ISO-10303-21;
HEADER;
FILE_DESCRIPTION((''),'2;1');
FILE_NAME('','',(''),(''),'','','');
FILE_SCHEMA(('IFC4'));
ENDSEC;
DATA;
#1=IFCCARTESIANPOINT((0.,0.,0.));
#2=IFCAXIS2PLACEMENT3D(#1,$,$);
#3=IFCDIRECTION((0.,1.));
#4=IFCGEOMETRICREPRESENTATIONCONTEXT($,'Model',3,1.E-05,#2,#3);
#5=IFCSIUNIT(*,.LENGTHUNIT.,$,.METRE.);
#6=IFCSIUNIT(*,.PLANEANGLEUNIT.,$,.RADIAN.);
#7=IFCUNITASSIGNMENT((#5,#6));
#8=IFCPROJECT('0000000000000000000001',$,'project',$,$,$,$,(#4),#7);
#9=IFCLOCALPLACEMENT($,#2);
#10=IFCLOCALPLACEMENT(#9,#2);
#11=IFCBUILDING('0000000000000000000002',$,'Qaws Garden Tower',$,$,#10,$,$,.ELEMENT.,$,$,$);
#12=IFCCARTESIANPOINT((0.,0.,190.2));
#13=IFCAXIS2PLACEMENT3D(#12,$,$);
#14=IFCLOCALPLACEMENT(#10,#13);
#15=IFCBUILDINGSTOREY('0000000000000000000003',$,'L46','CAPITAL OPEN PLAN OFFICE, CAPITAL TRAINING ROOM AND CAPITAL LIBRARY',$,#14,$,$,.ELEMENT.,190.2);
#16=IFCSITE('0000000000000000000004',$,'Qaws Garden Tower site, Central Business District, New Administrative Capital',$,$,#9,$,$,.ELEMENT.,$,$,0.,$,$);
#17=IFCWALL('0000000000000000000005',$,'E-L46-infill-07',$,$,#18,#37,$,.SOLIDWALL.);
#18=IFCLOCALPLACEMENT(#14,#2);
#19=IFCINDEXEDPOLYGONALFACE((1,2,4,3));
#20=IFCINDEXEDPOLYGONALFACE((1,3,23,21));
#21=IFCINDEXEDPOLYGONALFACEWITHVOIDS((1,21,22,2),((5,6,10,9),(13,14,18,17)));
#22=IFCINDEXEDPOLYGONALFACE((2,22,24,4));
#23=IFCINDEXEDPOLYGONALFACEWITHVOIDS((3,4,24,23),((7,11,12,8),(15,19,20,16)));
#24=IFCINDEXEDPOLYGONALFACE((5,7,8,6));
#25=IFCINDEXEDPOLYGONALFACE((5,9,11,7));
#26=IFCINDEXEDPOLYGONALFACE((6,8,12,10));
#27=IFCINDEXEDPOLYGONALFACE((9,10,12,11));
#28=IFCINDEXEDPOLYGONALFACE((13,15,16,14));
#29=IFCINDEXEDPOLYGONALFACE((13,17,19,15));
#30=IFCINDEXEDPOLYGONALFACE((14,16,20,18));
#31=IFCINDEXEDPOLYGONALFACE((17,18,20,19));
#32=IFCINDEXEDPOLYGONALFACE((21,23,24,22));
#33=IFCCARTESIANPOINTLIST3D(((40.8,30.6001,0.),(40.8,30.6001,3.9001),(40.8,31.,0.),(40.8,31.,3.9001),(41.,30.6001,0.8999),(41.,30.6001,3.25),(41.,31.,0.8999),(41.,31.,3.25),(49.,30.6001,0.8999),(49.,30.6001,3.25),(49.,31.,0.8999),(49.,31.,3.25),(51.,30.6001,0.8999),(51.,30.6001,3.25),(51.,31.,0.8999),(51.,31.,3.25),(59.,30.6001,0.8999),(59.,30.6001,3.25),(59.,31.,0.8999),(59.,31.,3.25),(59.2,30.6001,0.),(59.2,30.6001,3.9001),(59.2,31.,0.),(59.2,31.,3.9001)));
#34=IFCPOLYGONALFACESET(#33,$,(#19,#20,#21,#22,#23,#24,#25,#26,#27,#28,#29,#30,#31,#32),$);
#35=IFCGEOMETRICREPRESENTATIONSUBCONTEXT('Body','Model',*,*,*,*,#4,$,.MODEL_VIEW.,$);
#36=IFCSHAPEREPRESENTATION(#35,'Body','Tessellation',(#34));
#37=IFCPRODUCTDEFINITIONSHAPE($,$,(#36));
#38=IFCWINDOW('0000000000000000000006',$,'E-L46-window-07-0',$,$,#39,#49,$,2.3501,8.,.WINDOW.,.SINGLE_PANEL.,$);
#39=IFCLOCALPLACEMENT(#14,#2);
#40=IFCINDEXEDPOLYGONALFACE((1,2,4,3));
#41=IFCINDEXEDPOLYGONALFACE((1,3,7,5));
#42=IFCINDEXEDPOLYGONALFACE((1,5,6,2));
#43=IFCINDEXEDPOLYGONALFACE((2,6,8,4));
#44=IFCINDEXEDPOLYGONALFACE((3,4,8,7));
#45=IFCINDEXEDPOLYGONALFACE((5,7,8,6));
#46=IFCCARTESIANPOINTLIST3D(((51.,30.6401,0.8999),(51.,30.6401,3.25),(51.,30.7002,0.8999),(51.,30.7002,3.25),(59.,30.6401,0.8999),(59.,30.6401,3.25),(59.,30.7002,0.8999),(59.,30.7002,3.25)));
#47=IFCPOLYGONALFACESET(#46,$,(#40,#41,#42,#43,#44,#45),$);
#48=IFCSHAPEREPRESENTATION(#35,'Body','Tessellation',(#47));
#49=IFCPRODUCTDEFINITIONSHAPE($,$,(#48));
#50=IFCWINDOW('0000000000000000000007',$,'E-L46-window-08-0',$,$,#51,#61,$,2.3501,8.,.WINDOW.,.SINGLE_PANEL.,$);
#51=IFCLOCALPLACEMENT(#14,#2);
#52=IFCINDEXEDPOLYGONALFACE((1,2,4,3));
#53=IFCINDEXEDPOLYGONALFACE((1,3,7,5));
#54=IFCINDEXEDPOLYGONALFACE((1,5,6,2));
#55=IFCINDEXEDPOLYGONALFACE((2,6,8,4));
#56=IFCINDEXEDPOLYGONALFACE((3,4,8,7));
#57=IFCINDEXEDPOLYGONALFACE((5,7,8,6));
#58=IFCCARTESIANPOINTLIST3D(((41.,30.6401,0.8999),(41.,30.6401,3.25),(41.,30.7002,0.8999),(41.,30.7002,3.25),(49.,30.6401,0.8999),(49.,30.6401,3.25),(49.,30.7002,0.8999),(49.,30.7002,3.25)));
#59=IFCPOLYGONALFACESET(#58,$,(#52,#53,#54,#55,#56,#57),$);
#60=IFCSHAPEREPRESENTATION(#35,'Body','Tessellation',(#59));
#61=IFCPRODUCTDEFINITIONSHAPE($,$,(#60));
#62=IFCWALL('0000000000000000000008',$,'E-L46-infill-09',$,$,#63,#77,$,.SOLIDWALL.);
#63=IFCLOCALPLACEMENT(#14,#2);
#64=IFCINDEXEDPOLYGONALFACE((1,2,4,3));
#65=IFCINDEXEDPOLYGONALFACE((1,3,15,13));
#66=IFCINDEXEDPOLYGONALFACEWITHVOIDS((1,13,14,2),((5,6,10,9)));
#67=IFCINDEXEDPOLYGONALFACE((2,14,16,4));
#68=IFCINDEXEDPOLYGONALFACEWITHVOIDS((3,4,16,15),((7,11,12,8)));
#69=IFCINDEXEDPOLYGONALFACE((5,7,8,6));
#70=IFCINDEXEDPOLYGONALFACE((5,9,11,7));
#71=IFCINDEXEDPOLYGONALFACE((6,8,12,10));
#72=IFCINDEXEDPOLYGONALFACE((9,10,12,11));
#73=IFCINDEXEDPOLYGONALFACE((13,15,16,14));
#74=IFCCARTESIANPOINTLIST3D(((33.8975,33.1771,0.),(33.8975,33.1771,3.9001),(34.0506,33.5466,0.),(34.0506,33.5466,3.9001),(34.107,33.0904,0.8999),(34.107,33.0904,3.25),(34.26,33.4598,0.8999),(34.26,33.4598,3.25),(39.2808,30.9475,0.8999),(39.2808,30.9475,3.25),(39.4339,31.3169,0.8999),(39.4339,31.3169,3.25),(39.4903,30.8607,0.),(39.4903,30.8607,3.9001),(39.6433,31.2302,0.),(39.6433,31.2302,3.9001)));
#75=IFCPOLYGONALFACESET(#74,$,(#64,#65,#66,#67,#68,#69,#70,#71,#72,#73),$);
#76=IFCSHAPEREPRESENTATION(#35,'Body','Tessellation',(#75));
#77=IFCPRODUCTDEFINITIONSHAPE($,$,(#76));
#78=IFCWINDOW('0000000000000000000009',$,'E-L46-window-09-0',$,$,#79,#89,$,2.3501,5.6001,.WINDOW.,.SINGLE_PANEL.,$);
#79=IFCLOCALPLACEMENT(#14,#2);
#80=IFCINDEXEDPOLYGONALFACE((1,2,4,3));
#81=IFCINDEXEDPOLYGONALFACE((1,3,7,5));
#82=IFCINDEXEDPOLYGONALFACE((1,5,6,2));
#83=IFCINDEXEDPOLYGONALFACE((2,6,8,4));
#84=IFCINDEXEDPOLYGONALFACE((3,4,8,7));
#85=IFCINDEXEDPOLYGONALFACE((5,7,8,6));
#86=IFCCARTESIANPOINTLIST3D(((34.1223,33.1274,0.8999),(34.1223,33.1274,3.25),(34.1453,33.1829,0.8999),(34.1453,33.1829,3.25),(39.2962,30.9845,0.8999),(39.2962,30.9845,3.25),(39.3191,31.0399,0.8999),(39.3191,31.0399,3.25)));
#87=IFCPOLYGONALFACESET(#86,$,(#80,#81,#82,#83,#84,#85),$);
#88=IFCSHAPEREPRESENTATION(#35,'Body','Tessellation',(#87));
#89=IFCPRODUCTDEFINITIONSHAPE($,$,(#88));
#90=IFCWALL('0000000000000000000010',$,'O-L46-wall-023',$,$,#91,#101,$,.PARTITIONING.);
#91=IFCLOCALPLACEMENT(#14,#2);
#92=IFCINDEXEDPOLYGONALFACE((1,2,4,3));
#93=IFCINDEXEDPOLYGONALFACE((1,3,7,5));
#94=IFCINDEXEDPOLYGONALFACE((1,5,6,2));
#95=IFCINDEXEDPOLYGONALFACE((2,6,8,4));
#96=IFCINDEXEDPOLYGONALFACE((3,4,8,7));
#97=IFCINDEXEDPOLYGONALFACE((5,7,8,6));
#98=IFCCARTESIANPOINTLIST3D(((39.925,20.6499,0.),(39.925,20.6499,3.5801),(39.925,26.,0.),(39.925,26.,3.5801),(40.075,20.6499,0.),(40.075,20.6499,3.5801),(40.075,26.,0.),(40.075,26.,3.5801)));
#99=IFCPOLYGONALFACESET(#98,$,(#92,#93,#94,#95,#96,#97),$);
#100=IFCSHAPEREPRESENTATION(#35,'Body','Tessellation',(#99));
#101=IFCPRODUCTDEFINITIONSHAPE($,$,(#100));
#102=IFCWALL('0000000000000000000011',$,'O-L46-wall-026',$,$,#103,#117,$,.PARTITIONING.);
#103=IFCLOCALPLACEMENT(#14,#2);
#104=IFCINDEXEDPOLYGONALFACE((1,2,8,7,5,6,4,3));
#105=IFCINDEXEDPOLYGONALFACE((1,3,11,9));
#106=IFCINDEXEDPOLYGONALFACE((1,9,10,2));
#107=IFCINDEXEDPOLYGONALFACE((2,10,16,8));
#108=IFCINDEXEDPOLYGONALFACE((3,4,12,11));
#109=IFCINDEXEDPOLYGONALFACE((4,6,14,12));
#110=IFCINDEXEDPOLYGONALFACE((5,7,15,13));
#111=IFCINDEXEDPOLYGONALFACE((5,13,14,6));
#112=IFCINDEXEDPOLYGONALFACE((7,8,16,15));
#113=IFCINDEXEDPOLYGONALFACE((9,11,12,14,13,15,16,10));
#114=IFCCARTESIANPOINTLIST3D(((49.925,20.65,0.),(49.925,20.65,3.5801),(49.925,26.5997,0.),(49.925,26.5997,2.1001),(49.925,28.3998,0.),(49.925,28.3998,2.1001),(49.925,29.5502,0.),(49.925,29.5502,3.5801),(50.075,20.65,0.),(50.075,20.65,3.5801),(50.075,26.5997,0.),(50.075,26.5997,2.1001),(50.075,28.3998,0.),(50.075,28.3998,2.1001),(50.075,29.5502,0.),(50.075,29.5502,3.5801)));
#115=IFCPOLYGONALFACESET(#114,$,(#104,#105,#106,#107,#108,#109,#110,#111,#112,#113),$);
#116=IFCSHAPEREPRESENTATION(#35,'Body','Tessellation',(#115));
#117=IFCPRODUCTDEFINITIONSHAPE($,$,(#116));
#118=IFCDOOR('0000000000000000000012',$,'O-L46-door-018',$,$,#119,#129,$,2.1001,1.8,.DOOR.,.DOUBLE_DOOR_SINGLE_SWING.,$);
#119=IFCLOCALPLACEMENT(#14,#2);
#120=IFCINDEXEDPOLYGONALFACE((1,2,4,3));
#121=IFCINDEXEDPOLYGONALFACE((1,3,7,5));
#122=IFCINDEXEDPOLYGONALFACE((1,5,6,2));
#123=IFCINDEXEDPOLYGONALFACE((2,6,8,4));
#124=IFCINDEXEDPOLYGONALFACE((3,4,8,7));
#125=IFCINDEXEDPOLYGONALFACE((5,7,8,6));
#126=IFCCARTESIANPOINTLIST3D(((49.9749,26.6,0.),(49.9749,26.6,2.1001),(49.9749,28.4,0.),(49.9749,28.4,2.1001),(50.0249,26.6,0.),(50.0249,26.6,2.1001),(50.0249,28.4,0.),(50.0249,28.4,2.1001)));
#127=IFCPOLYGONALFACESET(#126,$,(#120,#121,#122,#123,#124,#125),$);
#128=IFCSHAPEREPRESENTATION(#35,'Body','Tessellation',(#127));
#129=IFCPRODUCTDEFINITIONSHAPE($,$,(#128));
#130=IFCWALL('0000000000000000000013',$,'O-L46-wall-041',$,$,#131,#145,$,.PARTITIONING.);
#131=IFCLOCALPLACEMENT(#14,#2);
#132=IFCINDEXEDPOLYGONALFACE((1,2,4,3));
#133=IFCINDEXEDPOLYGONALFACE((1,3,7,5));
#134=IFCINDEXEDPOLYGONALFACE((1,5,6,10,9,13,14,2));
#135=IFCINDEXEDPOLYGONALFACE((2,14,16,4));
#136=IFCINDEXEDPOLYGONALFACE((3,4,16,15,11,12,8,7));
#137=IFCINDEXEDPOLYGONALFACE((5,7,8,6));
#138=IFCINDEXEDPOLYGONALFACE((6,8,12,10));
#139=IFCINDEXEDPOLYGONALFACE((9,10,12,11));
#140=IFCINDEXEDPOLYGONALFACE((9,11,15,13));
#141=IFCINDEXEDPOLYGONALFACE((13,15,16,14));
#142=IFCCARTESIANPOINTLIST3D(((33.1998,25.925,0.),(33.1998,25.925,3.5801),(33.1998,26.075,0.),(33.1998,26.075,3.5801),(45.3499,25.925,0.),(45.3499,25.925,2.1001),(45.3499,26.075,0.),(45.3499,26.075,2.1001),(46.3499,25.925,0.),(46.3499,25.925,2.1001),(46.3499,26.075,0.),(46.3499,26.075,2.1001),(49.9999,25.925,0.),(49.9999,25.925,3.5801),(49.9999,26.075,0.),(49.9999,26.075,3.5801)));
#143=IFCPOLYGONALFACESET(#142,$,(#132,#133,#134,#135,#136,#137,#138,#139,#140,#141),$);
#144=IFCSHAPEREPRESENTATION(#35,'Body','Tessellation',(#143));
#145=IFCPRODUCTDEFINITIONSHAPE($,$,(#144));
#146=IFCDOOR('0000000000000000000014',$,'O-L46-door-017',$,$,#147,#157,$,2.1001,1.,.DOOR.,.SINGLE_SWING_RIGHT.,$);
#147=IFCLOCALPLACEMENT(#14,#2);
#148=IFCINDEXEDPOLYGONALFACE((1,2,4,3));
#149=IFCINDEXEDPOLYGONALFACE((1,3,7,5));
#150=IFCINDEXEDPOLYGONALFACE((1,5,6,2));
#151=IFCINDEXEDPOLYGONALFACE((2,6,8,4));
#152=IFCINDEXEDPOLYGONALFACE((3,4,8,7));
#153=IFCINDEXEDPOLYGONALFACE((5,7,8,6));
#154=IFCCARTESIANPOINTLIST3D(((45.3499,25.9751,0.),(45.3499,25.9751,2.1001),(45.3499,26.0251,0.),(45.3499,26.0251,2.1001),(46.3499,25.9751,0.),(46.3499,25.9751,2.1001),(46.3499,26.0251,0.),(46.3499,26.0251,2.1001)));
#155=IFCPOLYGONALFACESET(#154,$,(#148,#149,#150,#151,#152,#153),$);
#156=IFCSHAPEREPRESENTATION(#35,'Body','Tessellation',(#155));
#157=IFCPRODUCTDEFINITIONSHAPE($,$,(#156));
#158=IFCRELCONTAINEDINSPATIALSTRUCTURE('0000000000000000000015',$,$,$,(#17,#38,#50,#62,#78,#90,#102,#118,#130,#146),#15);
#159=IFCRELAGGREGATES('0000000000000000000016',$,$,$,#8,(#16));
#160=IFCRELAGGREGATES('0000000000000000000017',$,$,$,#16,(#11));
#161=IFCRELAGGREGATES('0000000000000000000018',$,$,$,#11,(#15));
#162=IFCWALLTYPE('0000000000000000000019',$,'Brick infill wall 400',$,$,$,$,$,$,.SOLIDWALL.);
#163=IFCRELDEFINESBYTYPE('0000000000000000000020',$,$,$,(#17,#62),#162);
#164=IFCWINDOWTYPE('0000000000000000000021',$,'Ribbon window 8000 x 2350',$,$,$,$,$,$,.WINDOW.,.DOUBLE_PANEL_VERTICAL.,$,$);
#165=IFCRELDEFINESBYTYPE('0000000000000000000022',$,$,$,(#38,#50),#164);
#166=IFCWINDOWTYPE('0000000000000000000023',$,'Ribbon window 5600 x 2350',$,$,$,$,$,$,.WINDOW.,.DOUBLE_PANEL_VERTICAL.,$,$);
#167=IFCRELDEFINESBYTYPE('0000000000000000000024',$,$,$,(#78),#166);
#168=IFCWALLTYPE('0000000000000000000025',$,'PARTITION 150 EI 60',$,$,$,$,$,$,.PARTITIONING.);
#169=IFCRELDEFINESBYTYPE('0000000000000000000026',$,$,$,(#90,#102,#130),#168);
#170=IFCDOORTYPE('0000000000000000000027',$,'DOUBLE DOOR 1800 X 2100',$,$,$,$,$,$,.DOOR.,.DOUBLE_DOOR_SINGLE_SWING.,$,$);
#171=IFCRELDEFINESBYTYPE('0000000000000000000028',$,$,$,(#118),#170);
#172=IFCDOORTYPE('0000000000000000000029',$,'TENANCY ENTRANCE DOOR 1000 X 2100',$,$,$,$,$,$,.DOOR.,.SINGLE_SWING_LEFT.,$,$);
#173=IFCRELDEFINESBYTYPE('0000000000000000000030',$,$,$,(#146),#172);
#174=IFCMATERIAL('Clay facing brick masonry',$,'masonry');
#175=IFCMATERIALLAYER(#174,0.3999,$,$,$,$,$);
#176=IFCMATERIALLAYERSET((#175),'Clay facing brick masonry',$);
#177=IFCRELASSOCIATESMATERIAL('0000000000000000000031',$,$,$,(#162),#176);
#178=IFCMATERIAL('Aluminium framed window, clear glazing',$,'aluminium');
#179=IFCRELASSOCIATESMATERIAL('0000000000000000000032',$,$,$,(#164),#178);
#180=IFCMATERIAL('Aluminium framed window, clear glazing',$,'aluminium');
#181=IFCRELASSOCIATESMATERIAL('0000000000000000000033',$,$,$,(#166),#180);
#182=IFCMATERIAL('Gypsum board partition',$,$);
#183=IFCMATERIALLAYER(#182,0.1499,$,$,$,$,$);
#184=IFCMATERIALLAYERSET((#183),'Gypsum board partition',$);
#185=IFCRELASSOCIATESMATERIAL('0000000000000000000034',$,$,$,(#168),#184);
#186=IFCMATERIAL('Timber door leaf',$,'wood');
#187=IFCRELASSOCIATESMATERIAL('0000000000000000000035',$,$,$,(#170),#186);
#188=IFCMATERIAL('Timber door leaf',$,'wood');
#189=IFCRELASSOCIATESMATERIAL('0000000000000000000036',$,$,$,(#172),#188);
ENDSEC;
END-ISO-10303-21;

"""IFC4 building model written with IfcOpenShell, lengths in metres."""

from ifc_helpers import new_model, si_unit, direction, frame, frame_2d, origin, place, context, subcontext, project, spatial, rectangle, extrude, material, layer, layer_set, type_object, element, fill, save


model = new_model("IFC4")

# Units and contexts
model_context = context("Model", 3, precision=1e-05, world=origin(), true_north=direction((0.0, 1.0)))
body_context = subcontext(model_context, "Body", "Model", "MODEL_VIEW")
ifc_project = project(units=[si_unit("LENGTHUNIT", "METRE"), si_unit("PLANEANGLEUNIT", "RADIAN")], contexts=[model_context])

# Site, building, storey
site_placement = place(None, origin())
site = spatial("IfcSite", under=ifc_project, at=site_placement, Name="Qaws Garden Tower site, Central Business District, New Administrative Capital", CompositionType="ELEMENT", RefElevation=0.0)
building_placement = place(site_placement, origin())
building = spatial("IfcBuilding", under=site, at=building_placement, Name="Qaws Garden Tower", CompositionType="ELEMENT")
storey_placement = place(building_placement, frame((0.0, 0.0, 190.2)))
storey = spatial("IfcBuildingStorey", under=building, at=storey_placement, Name="L46", Description="CAPITAL OPEN PLAN OFFICE, CAPITAL TRAINING ROOM AND CAPITAL LIBRARY", CompositionType="ELEMENT", Elevation=190.2)

# Wall, openings, windows
ifc_material_1 = material(Name="Clay facing brick masonry", Category="masonry")
ifc_layer_1 = layer(ifc_material_1, 0.3999)
ifc_layer_set_1 = layer_set([ifc_layer_1], Name="Clay facing brick masonry")
wall_type_1 = type_object("IfcWallType", Name="Brick infill wall 400", PredefinedType="SOLIDWALL", material=ifc_layer_set_1)
wall_1_placement = place(storey_placement, frame((59.2, 30.8, 0.0), z_axis=(0.0, 0.0, 1.0), x_axis=(-1.0, 0.0, 0.0)))
wall_1 = element("IfcWall", 1, at=wall_1_placement, inside=storey, type_object=wall_type_1, Name="E-L46-infill-07", PredefinedType="SOLIDWALL", context=body_context, shape_type="SweptSolid", body=[
    extrude(rectangle(XDim=18.3999, YDim=0.3999, at=frame_2d((9.2, 0.0))), origin(), (0.0, 0.0, 1.0), 3.9001),
])
opening_1_placement = place(wall_1_placement, frame((0.2, 0.0, 0.8999)))
opening_1 = element("IfcOpeningElement", 2, at=opening_1_placement, cuts=wall_1, PredefinedType="OPENING", context=body_context, shape_type="SweptSolid", body=[
    extrude(rectangle(XDim=8.0, YDim=2.3501, at=frame_2d((4.0, 1.175))), frame((0.0, 0.21, 0.0), z_axis=(0.0, -1.0, 0.0), x_axis=(1.0, 0.0, 0.0)), (0.0, 0.0, 1.0), 0.4199),
])
opening_2_placement = place(wall_1_placement, frame((10.2, 0.0, 0.8999)))
opening_2 = element("IfcOpeningElement", 3, at=opening_2_placement, cuts=wall_1, PredefinedType="OPENING", context=body_context, shape_type="SweptSolid", body=[
    extrude(rectangle(XDim=8.0, YDim=2.3501, at=frame_2d((4.0, 1.175))), frame((0.0, 0.21, 0.0), z_axis=(0.0, -1.0, 0.0), x_axis=(1.0, 0.0, 0.0)), (0.0, 0.0, 1.0), 0.4199),
])
ifc_material_2 = material(Name="Aluminium framed window, clear glazing", Category="aluminium")
window_type_1 = type_object("IfcWindowType", Name="Ribbon window 8000 x 2350", PartitioningType="DOUBLE_PANEL_VERTICAL", PredefinedType="WINDOW", material=ifc_material_2)
window_1_placement = place(opening_1_placement, origin())
window_1 = element("IfcWindow", 4, at=window_1_placement, inside=storey, type_object=window_type_1, Name="E-L46-window-07-0", OverallHeight=2.3501, OverallWidth=8.0, PartitioningType="SINGLE_PANEL", PredefinedType="WINDOW", context=body_context, shape_type="SweptSolid", body=[
    extrude(rectangle(XDim=8.0, YDim=2.3501, at=frame_2d((4.0, 1.175))), frame((0.0, 0.1599, 0.0), z_axis=(0.0, -1.0, 0.0), x_axis=(1.0, 0.0, 0.0)), (0.0, 0.0, 1.0), 0.0601),
])
fill(opening_1, window_1)
window_2_placement = place(opening_2_placement, origin())
window_2 = element("IfcWindow", 5, at=window_2_placement, inside=storey, type_object=window_type_1, Name="E-L46-window-08-0", OverallHeight=2.3501, OverallWidth=8.0, PartitioningType="SINGLE_PANEL", PredefinedType="WINDOW", context=body_context, shape_type="SweptSolid", body=[
    extrude(rectangle(XDim=8.0, YDim=2.3501, at=frame_2d((4.0, 1.175))), frame((0.0, 0.1599, 0.0), z_axis=(0.0, -1.0, 0.0), x_axis=(1.0, 0.0, 0.0)), (0.0, 0.0, 1.0), 0.0601),
])
fill(opening_2, window_2)

# Wall, opening, window
wall_2_placement = place(storey_placement, frame((39.5669, 31.0454, 0.0), z_axis=(0.0, 0.0, 1.0), x_axis=(-0.923891, 0.382656, 0.0)))
wall_2 = element("IfcWall", 6, at=wall_2_placement, inside=storey, type_object=wall_type_1, Name="E-L46-infill-09", PredefinedType="SOLIDWALL", context=body_context, shape_type="SweptSolid", body=[
    extrude(rectangle(XDim=6.0535, YDim=0.3999, at=frame_2d((3.0269, 0.0))), origin(), (0.0, 0.0, 1.0), 3.9001),
])
opening_3_placement = place(wall_2_placement, frame((0.2268, 0.0, 0.8999)))
opening_3 = element("IfcOpeningElement", 7, at=opening_3_placement, cuts=wall_2, PredefinedType="OPENING", context=body_context, shape_type="SweptSolid", body=[
    extrude(rectangle(XDim=5.6001, YDim=2.3501, at=frame_2d((2.8, 1.175))), frame((0.0, 0.21, 0.0), z_axis=(0.0, -1.0, 0.0), x_axis=(1.0, 0.0, 0.0)), (0.0, 0.0, 1.0), 0.4199),
])
ifc_material_3 = material(Name="Aluminium framed window, clear glazing", Category="aluminium")
window_type_2 = type_object("IfcWindowType", Name="Ribbon window 5600 x 2350", PartitioningType="DOUBLE_PANEL_VERTICAL", PredefinedType="WINDOW", material=ifc_material_3)
window_3_placement = place(opening_3_placement, origin())
window_3 = element("IfcWindow", 8, at=window_3_placement, inside=storey, type_object=window_type_2, Name="E-L46-window-09-0", OverallHeight=2.3501, OverallWidth=5.6001, PartitioningType="SINGLE_PANEL", PredefinedType="WINDOW", context=body_context, shape_type="SweptSolid", body=[
    extrude(rectangle(XDim=5.6001, YDim=2.3501, at=frame_2d((2.8, 1.175))), frame((0.0, 0.1599, 0.0), z_axis=(0.0, -1.0, 0.0), x_axis=(1.0, 0.0, 0.0)), (0.0, 0.0, 1.0), 0.0601),
])
fill(opening_3, window_3)

# Wall
ifc_material_4 = material(Name="Gypsum board partition")
ifc_layer_2 = layer(ifc_material_4, 0.1499)
ifc_layer_set_2 = layer_set([ifc_layer_2], Name="Gypsum board partition")
wall_type_2 = type_object("IfcWallType", Name="PARTITION 150 EI 60", PredefinedType="PARTITIONING", material=ifc_layer_set_2)
wall_3_placement = place(storey_placement, frame((40.0, 20.6499, 0.0), z_axis=(0.0, 0.0, 1.0), x_axis=(0.0, 1.0, 0.0)))
element("IfcWall", 9, at=wall_3_placement, inside=storey, type_object=wall_type_2, Name="O-L46-wall-023", PredefinedType="PARTITIONING", context=body_context, shape_type="SweptSolid", body=[
    extrude(rectangle(XDim=5.3501, YDim=0.1499, at=frame_2d((2.675, 0.0))), origin(), (0.0, 0.0, 1.0), 3.5801),
])

# Walls, openings, doors
wall_4_placement = place(storey_placement, frame((50.0, 20.6499, 0.0), z_axis=(0.0, 0.0, 1.0), x_axis=(0.0, 1.0, 0.0)))
wall_4 = element("IfcWall", 10, at=wall_4_placement, inside=storey, type_object=wall_type_2, Name="O-L46-wall-026", PredefinedType="PARTITIONING", context=body_context, shape_type="SweptSolid", body=[
    extrude(rectangle(XDim=8.9001, YDim=0.1499, at=frame_2d((4.4502, 0.0))), origin(), (0.0, 0.0, 1.0), 3.5801),
])
opening_4_placement = place(wall_4_placement, frame((5.95, 0.0, 0.0)))
opening_4 = element("IfcOpeningElement", 11, at=opening_4_placement, cuts=wall_4, PredefinedType="OPENING", context=body_context, shape_type="SweptSolid", body=[
    extrude(rectangle(XDim=1.8, YDim=2.1001, at=frame_2d((0.8999, 1.05))), frame((0.0, 0.085, 0.0), z_axis=(0.0, -1.0, 0.0), x_axis=(1.0, 0.0, 0.0)), (0.0, 0.0, 1.0), 0.1699),
])
ifc_material_5 = material(Name="Timber door leaf", Category="wood")
door_type_1 = type_object("IfcDoorType", Name="DOUBLE DOOR 1800 X 2100", OperationType="DOUBLE_DOOR_SINGLE_SWING", PredefinedType="DOOR", material=ifc_material_5)
door_1_placement = place(opening_4_placement, frame((1.8, 0.0, 0.0), z_axis=(0.0, 0.0, 1.0), x_axis=(-1.0, 0.0, 0.0)))
door_1 = element("IfcDoor", 12, at=door_1_placement, inside=storey, type_object=door_type_1, Name="O-L46-door-018", OperationType="DOUBLE_DOOR_SINGLE_SWING", OverallHeight=2.1001, OverallWidth=1.8, PredefinedType="DOOR", context=body_context, shape_type="SweptSolid", body=[
    extrude(rectangle(XDim=1.8, YDim=2.1001, at=frame_2d((0.8999, 1.05))), frame((0.0, 0.0249, 0.0), z_axis=(0.0, -1.0, 0.0), x_axis=(1.0, 0.0, 0.0)), (0.0, 0.0, 1.0), 0.05),
])
fill(opening_4, door_1)
wall_5_placement = place(storey_placement, frame((33.2, 26.0, 0.0), z_axis=(0.0, 0.0, 1.0), x_axis=(1.0, 0.0, 0.0)))
wall_5 = element("IfcWall", 13, at=wall_5_placement, inside=storey, type_object=wall_type_2, Name="O-L46-wall-041", PredefinedType="PARTITIONING", context=body_context, shape_type="SweptSolid", body=[
    extrude(rectangle(XDim=16.8, YDim=0.1499, at=frame_2d((8.3999, 0.0))), origin(), (0.0, 0.0, 1.0), 3.5801),
])
opening_5_placement = place(wall_5_placement, frame((12.1499, 0.0, 0.0)))
opening_5 = element("IfcOpeningElement", 14, at=opening_5_placement, cuts=wall_5, PredefinedType="OPENING", context=body_context, shape_type="SweptSolid", body=[
    extrude(rectangle(XDim=1.0, YDim=2.1001, at=frame_2d((0.5, 1.05))), frame((0.0, 0.085, 0.0), z_axis=(0.0, -1.0, 0.0), x_axis=(1.0, 0.0, 0.0)), (0.0, 0.0, 1.0), 0.1699),
])
ifc_material_6 = material(Name="Timber door leaf", Category="wood")
door_type_2 = type_object("IfcDoorType", Name="TENANCY ENTRANCE DOOR 1000 X 2100", OperationType="SINGLE_SWING_LEFT", PredefinedType="DOOR", material=ifc_material_6)
door_2_placement = place(opening_5_placement, frame((1.0, 0.0, 0.0), z_axis=(0.0, 0.0, 1.0), x_axis=(-1.0, 0.0, 0.0)))
door_2 = element("IfcDoor", 15, at=door_2_placement, inside=storey, type_object=door_type_2, Name="O-L46-door-017", OperationType="SINGLE_SWING_RIGHT", OverallHeight=2.1001, OverallWidth=1.0, PredefinedType="DOOR", context=body_context, shape_type="SweptSolid", body=[
    extrude(rectangle(XDim=1.0, YDim=2.1001, at=frame_2d((0.5, 1.05))), frame((0.0, 0.0249, 0.0), z_axis=(0.0, -1.0, 0.0), x_axis=(1.0, 0.0, 0.0)), (0.0, 0.0, 1.0), 0.05),
])
fill(opening_5, door_2)

save(model, "model.ifc")
